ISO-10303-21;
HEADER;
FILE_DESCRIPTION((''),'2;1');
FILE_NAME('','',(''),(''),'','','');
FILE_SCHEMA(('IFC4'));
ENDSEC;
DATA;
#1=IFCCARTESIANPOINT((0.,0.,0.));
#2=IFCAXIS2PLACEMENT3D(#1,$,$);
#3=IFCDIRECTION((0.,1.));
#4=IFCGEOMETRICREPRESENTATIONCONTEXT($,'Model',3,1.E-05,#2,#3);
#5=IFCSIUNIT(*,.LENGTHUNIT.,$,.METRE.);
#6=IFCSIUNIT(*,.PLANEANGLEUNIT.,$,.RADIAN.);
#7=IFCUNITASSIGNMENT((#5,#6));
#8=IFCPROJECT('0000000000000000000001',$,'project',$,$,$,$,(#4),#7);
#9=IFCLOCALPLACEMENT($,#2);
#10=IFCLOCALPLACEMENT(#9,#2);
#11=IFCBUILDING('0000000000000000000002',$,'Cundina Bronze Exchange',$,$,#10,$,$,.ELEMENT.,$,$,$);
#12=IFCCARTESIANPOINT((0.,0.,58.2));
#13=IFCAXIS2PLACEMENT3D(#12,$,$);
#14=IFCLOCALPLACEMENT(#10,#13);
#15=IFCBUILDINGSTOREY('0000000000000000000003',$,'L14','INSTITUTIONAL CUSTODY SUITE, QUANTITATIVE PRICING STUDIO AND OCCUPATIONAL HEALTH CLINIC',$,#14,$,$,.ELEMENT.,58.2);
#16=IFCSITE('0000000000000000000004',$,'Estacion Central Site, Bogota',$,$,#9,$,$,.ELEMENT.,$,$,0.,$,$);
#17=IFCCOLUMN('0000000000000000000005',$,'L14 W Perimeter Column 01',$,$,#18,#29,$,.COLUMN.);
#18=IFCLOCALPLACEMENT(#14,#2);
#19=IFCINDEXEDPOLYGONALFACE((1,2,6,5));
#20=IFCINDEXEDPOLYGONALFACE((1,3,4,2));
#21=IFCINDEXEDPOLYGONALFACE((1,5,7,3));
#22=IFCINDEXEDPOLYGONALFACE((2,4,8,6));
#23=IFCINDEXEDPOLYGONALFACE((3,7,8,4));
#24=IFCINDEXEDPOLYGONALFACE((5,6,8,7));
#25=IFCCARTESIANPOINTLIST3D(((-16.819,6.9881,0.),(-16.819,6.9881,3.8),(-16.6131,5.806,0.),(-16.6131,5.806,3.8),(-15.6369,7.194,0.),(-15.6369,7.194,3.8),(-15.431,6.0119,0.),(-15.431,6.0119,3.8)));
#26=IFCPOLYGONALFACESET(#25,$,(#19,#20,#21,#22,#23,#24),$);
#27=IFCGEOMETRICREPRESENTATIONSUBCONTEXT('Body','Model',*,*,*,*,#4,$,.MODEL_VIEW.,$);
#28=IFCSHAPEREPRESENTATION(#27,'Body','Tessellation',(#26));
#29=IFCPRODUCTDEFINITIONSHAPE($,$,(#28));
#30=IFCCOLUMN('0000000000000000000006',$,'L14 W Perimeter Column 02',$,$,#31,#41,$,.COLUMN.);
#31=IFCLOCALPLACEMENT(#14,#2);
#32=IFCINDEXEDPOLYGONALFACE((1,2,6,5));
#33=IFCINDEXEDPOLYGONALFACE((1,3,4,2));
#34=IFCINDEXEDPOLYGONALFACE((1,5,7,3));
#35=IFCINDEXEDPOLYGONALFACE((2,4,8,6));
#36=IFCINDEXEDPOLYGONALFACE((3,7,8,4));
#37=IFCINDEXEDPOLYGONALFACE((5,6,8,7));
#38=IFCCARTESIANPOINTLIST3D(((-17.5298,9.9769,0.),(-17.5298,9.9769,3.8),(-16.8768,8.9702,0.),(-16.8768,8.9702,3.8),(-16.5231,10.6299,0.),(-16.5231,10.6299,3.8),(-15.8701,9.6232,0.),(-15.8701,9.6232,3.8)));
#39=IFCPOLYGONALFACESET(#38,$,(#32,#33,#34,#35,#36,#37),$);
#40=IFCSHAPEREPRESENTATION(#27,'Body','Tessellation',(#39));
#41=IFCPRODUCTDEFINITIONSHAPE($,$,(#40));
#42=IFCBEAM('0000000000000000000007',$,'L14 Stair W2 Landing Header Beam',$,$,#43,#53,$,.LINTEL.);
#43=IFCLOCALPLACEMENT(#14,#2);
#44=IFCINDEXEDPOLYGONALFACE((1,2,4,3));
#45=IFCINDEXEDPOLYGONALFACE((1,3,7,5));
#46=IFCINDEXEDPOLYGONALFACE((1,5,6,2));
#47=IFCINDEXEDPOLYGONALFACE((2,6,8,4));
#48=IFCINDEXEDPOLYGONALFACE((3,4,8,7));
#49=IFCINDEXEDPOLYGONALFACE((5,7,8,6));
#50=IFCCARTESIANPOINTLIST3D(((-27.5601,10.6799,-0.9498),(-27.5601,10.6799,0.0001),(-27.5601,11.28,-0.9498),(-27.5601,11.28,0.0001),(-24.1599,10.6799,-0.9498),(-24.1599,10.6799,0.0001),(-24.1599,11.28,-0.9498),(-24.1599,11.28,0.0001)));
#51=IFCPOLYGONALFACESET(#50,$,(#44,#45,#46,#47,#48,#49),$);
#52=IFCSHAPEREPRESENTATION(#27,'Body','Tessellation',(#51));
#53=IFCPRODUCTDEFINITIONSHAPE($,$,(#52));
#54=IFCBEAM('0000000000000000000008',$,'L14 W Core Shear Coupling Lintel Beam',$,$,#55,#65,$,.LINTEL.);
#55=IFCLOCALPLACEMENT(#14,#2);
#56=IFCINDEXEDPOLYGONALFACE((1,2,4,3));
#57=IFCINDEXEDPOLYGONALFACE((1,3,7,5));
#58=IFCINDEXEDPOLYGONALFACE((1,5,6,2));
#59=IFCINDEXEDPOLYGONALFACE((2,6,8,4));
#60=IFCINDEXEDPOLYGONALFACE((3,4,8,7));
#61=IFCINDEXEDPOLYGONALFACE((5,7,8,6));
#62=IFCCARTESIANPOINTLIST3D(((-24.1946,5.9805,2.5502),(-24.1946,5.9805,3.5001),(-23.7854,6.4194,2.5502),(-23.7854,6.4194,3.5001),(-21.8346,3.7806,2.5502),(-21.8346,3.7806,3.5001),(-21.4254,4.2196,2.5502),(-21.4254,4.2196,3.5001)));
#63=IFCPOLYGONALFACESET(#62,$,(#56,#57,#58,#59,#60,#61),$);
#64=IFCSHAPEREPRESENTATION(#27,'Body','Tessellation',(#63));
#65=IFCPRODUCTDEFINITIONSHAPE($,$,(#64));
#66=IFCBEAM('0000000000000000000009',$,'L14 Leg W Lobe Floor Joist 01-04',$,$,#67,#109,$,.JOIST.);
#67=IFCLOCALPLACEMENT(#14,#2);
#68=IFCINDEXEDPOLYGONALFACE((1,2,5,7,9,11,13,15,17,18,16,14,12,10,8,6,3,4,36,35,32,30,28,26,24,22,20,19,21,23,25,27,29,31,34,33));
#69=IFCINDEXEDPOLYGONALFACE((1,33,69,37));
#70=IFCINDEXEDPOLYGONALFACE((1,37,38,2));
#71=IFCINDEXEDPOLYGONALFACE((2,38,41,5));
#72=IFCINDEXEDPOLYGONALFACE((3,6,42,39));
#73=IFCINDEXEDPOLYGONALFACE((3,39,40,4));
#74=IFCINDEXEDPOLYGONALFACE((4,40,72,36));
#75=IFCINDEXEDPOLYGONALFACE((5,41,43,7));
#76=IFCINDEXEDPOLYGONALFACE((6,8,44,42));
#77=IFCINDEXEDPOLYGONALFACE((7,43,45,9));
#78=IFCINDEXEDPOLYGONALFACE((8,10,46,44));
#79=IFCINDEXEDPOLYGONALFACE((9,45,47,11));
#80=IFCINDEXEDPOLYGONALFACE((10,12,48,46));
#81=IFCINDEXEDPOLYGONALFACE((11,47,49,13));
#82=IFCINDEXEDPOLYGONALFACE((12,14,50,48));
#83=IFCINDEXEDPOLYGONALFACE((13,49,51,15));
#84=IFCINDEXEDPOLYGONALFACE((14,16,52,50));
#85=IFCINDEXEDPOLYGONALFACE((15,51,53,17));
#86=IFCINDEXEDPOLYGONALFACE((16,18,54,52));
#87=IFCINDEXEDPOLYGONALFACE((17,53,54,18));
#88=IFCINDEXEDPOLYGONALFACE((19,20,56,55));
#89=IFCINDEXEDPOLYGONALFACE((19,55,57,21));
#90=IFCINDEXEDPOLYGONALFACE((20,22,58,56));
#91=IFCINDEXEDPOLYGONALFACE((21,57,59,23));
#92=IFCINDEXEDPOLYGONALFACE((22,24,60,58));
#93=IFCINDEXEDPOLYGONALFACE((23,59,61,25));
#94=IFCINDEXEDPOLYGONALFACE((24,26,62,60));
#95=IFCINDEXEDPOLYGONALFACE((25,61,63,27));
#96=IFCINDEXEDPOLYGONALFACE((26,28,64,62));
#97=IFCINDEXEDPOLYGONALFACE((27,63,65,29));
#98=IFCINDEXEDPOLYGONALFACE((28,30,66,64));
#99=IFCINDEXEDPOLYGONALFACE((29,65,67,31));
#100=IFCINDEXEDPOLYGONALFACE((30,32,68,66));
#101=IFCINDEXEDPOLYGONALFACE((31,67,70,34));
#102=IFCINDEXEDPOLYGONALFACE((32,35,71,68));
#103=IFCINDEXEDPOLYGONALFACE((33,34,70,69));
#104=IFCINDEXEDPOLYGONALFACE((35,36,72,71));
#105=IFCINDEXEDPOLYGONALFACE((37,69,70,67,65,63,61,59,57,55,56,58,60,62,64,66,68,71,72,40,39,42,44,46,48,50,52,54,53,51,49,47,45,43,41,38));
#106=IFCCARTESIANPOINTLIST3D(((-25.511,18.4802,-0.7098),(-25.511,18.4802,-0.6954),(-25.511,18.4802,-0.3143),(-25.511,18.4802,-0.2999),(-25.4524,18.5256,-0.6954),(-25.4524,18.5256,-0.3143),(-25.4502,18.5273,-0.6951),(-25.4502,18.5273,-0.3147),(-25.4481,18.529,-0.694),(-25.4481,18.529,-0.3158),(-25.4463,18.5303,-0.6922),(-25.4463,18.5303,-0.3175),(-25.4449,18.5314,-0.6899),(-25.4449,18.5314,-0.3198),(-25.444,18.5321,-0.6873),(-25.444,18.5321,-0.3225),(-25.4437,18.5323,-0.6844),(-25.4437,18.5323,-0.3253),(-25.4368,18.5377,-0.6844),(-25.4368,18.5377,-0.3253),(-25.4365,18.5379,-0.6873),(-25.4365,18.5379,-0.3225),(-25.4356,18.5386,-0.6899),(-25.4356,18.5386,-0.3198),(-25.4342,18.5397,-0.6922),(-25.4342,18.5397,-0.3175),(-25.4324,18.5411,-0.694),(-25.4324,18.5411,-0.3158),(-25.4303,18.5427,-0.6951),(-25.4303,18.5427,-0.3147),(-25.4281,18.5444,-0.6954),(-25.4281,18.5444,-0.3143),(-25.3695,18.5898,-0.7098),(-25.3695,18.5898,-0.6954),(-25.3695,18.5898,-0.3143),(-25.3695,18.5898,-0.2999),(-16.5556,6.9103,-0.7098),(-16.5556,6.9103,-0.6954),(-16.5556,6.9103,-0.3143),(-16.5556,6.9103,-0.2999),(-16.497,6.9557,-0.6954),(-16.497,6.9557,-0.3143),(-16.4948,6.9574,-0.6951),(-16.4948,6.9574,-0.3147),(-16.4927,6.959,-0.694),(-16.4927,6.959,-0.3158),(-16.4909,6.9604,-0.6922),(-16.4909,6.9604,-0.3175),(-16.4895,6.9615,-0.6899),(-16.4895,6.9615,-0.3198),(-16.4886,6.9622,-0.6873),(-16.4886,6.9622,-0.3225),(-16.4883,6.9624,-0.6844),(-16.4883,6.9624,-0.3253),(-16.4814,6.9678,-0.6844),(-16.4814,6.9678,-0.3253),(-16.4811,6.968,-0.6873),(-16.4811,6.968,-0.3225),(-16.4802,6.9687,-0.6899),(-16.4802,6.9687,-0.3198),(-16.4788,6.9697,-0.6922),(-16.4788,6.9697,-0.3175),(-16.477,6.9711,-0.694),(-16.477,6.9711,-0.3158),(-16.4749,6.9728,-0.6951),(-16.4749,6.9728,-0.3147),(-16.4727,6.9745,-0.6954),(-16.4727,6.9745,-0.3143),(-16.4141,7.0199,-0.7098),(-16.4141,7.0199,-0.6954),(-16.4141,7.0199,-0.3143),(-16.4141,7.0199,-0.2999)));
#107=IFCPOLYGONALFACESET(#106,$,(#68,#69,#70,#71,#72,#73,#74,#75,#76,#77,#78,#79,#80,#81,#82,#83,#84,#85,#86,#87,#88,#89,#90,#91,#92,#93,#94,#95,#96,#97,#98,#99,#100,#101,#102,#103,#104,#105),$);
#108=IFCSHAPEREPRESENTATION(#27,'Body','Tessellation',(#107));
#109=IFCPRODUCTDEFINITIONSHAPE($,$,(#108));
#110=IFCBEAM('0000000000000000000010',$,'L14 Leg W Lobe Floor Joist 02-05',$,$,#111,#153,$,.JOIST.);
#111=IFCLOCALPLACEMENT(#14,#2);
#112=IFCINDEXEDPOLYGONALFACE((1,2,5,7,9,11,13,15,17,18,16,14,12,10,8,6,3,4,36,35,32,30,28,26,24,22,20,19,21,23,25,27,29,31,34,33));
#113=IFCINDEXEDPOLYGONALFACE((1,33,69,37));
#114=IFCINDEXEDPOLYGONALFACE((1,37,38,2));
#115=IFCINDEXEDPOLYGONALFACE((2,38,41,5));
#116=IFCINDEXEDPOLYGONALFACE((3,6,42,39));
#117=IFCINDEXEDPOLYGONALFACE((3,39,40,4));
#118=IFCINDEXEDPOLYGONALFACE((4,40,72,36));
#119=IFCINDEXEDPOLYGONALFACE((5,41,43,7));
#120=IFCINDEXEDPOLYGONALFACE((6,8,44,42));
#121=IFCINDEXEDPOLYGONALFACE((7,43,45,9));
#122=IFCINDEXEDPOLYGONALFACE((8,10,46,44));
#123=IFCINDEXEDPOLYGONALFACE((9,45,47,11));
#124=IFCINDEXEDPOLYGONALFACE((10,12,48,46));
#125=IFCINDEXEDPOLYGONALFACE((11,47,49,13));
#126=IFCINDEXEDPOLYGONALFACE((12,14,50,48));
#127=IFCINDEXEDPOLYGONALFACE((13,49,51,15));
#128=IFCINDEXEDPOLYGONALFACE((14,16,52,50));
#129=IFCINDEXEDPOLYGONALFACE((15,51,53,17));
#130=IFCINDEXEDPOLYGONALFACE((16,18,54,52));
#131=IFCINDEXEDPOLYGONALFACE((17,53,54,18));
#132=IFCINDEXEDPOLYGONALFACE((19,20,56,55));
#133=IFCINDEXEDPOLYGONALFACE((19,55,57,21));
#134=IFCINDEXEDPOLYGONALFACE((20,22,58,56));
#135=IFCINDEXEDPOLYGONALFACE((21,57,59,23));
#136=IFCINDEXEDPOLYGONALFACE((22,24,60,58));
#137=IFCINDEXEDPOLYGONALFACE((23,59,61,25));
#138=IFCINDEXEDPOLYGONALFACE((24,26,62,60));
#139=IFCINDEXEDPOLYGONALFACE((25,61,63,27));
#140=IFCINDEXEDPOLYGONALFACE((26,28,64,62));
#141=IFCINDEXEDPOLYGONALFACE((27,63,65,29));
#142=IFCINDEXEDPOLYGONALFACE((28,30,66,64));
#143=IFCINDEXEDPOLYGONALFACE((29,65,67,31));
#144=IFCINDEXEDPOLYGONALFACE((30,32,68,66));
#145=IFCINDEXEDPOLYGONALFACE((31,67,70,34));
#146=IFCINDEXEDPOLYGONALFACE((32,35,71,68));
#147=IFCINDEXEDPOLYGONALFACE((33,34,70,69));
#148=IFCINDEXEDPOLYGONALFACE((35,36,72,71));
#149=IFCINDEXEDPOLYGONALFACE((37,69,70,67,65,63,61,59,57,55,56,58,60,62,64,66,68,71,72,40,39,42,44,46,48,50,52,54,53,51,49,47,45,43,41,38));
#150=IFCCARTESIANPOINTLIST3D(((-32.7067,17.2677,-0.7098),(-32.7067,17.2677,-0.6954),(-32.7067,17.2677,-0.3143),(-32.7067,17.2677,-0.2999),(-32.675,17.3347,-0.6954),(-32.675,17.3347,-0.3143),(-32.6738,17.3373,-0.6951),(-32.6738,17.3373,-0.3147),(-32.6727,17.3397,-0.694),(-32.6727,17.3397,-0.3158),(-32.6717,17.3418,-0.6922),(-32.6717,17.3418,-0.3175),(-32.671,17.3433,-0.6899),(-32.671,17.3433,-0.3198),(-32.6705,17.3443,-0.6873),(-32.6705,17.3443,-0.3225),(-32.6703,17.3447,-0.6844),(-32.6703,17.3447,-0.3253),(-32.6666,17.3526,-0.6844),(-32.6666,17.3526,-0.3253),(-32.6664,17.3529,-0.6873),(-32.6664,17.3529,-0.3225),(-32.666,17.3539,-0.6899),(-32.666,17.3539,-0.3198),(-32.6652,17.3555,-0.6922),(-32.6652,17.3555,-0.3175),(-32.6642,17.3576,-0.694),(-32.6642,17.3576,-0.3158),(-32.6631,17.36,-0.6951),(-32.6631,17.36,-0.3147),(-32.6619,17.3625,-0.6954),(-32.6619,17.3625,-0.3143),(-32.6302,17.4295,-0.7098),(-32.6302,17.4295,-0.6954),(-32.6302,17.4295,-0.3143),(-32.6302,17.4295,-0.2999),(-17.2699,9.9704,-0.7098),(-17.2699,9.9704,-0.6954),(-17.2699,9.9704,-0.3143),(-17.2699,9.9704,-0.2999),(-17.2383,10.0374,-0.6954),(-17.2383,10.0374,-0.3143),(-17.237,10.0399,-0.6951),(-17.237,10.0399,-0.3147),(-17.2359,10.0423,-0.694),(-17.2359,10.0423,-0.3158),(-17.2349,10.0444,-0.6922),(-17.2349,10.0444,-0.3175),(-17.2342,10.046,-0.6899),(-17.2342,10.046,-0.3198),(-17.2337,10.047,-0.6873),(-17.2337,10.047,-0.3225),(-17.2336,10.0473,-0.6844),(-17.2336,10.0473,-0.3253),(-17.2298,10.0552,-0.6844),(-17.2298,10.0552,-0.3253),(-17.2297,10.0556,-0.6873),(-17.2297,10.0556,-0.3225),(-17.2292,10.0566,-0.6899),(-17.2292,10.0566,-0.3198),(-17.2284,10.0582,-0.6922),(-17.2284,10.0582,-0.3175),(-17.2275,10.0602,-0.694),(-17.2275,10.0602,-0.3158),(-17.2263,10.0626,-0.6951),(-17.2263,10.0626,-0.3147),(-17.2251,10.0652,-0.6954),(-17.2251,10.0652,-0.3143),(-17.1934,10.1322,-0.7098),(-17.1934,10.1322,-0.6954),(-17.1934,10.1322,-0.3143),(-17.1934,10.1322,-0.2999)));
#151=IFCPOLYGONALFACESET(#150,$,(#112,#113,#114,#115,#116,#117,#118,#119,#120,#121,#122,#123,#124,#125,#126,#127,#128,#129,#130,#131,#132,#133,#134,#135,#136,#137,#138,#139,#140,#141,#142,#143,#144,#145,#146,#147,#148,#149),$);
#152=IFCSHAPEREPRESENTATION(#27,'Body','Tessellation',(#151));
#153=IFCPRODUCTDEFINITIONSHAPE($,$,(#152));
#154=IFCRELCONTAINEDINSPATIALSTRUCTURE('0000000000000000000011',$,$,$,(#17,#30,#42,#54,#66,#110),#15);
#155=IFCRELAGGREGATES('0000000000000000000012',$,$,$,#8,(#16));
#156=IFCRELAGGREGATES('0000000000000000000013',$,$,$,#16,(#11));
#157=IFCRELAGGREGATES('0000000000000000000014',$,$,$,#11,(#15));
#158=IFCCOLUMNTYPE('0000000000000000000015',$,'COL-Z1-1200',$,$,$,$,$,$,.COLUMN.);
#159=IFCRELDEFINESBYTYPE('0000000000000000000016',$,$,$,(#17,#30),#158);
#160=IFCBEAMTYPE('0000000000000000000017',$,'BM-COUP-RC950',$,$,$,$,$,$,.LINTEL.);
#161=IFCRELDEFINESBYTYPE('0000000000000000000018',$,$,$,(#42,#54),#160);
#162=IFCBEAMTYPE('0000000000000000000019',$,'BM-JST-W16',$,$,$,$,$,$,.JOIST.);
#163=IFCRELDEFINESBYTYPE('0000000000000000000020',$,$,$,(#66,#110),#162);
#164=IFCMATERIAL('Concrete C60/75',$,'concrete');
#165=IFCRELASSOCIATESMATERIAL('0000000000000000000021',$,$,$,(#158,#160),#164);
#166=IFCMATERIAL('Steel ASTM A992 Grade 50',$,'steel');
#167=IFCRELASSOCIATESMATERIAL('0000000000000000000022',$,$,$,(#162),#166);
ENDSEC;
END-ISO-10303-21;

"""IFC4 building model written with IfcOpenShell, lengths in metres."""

from ifc_helpers import new_model, si_unit, direction, frame, origin, origin_2d, place, context, subcontext, project, spatial, rectangle, i_section, extrude, material, material_profile, profile_set, type_object, element, save


model = new_model("IFC4")

# Units and contexts
model_context = context("Model", 3, precision=1e-05, world=origin(), true_north=direction((0.0, 1.0)))
body_context = subcontext(model_context, "Body", "Model", "MODEL_VIEW")
ifc_project = project(units=[si_unit("LENGTHUNIT", "METRE"), si_unit("PLANEANGLEUNIT", "RADIAN")], contexts=[model_context])

# Site, building, storey
site_placement = place(None, origin())
site = spatial("IfcSite", under=ifc_project, at=site_placement, Name="Estacion Central Site, Bogota", CompositionType="ELEMENT", RefElevation=0.0)
building_placement = place(site_placement, origin())
building = spatial("IfcBuilding", under=site, at=building_placement, Name="Cundina Bronze Exchange", CompositionType="ELEMENT")
storey_placement = place(building_placement, frame((0.0, 0.0, 58.2)))
storey = spatial("IfcBuildingStorey", under=building, at=storey_placement, Name="L14", Description="INSTITUTIONAL CUSTODY SUITE, QUANTITATIVE PRICING STUDIO AND OCCUPATIONAL HEALTH CLINIC", CompositionType="ELEMENT", Elevation=58.2)

# Columns
ifc_material_1 = material(Name="Concrete C60/75", Category="concrete")
ifc_material_profile_1 = material_profile(ifc_material_1, rectangle(XDim=1.2, YDim=1.2, at=origin_2d()), Name="RC1200X1200", Category="concrete")
ifc_profile_set_1 = profile_set([ifc_material_profile_1], Name="Concrete C60/75")
column_type = type_object("IfcColumnType", Name="COL-Z1-1200", PredefinedType="COLUMN", material=ifc_profile_set_1)
for number, where, z_axis, x_axis, name in (
    (1, (-16.125, 6.5, 0.0), (0.0, 0.0, 1.0), (-0.171585, 0.985169, 0.0), "L14 W Perimeter Column 01"),
    (2, (-16.7, 9.8, 0.0), (0.0, 0.0, 1.0), (-0.5442, 0.838956, 0.0), "L14 W Perimeter Column 02"),
):
    element("IfcColumn", number, at=place(storey_placement, frame(where, z_axis=z_axis, x_axis=x_axis)), inside=storey, type_object=column_type, Name=name, PredefinedType="COLUMN", context=body_context, shape_type="SweptSolid", body=[
        extrude(rectangle(XDim=1.2, YDim=1.2, at=origin_2d()), origin(), (0.0, 0.0, 1.0), 3.8),
    ])

# Beams
ifc_material_profile_2 = material_profile(ifc_material_1, rectangle(XDim=0.6001, YDim=0.95, at=origin_2d()), Name="RC600X950", Category="concrete")
ifc_profile_set_2 = profile_set([ifc_material_profile_2], Name="Concrete C60/75")
beam_type_1 = type_object("IfcBeamType", Name="BM-COUP-RC950", PredefinedType="LINTEL", material=ifc_profile_set_2)
beam_1_placement = place(storey_placement, frame((-27.5601, 10.98, -0.4749), z_axis=(1.0, 0.0, 0.0), x_axis=(0.0, 1.0, 0.0)))
element("IfcBeam", 3, at=beam_1_placement, inside=storey, type_object=beam_type_1, Name="L14 Stair W2 Landing Header Beam", PredefinedType="LINTEL", context=body_context, shape_type="SweptSolid", body=[
    extrude(rectangle(XDim=0.6001, YDim=0.95, at=origin_2d()), origin(), (0.0, 0.0, 1.0), 3.4001),
])
beam_2_placement = place(storey_placement, frame((-23.99, 6.2, 3.0251), z_axis=(0.73149, -0.681852, 0.0), x_axis=(0.681852, 0.73149, 0.0)))
element("IfcBeam", 4, at=beam_2_placement, inside=storey, type_object=beam_type_1, Name="L14 W Core Shear Coupling Lintel Beam", PredefinedType="LINTEL", context=body_context, shape_type="SweptSolid", body=[
    extrude(rectangle(XDim=0.6001, YDim=0.95, at=origin_2d()), origin(), (0.0, 0.0, 1.0), 3.2263),
])
ifc_material_2 = material(Name="Steel ASTM A992 Grade 50", Category="steel")
ifc_material_profile_3 = material_profile(ifc_material_2, i_section(OverallWidth=0.179, OverallDepth=0.4099, WebThickness=0.0088, FlangeThickness=0.0144, FilletRadius=0.011, at=origin_2d()), Name="W16X45", Category="steel")
ifc_profile_set_3 = profile_set([ifc_material_profile_3], Name="Steel ASTM A992 Grade 50")
beam_type_2 = type_object("IfcBeamType", Name="BM-JST-W16", PredefinedType="JOIST", material=ifc_profile_set_3)
beam_3_placement = place(storey_placement, frame((-16.4849, 6.9651, -0.5049), z_axis=(-0.612089, 0.790789, 0.0), x_axis=(-0.790789, -0.612089, 0.0)))
element("IfcBeam", 5, at=beam_3_placement, inside=storey, type_object=beam_type_2, Name="L14 Leg W Lobe Floor Joist 01-04", PredefinedType="JOIST", context=body_context, shape_type="SweptSolid", body=[
    extrude(i_section(OverallWidth=0.179, OverallDepth=0.4099, WebThickness=0.0088, FlangeThickness=0.0144, FilletRadius=0.011, at=origin_2d()), origin(), (0.0, 0.0, 1.0), 14.6309),
])
beam_4_placement = place(storey_placement, frame((-17.2317, 10.0513, -0.5049), z_axis=(-0.904073, 0.427379, 0.0), x_axis=(-0.427379, -0.904073, 0.0)))
element("IfcBeam", 6, at=beam_4_placement, inside=storey, type_object=beam_type_2, Name="L14 Leg W Lobe Floor Joist 02-05", PredefinedType="JOIST", context=body_context, shape_type="SweptSolid", body=[
    extrude(i_section(OverallWidth=0.179, OverallDepth=0.4099, WebThickness=0.0088, FlangeThickness=0.0144, FilletRadius=0.011, at=origin_2d()), origin(), (0.0, 0.0, 1.0), 17.0747),
])

save(model, "model.ifc")
